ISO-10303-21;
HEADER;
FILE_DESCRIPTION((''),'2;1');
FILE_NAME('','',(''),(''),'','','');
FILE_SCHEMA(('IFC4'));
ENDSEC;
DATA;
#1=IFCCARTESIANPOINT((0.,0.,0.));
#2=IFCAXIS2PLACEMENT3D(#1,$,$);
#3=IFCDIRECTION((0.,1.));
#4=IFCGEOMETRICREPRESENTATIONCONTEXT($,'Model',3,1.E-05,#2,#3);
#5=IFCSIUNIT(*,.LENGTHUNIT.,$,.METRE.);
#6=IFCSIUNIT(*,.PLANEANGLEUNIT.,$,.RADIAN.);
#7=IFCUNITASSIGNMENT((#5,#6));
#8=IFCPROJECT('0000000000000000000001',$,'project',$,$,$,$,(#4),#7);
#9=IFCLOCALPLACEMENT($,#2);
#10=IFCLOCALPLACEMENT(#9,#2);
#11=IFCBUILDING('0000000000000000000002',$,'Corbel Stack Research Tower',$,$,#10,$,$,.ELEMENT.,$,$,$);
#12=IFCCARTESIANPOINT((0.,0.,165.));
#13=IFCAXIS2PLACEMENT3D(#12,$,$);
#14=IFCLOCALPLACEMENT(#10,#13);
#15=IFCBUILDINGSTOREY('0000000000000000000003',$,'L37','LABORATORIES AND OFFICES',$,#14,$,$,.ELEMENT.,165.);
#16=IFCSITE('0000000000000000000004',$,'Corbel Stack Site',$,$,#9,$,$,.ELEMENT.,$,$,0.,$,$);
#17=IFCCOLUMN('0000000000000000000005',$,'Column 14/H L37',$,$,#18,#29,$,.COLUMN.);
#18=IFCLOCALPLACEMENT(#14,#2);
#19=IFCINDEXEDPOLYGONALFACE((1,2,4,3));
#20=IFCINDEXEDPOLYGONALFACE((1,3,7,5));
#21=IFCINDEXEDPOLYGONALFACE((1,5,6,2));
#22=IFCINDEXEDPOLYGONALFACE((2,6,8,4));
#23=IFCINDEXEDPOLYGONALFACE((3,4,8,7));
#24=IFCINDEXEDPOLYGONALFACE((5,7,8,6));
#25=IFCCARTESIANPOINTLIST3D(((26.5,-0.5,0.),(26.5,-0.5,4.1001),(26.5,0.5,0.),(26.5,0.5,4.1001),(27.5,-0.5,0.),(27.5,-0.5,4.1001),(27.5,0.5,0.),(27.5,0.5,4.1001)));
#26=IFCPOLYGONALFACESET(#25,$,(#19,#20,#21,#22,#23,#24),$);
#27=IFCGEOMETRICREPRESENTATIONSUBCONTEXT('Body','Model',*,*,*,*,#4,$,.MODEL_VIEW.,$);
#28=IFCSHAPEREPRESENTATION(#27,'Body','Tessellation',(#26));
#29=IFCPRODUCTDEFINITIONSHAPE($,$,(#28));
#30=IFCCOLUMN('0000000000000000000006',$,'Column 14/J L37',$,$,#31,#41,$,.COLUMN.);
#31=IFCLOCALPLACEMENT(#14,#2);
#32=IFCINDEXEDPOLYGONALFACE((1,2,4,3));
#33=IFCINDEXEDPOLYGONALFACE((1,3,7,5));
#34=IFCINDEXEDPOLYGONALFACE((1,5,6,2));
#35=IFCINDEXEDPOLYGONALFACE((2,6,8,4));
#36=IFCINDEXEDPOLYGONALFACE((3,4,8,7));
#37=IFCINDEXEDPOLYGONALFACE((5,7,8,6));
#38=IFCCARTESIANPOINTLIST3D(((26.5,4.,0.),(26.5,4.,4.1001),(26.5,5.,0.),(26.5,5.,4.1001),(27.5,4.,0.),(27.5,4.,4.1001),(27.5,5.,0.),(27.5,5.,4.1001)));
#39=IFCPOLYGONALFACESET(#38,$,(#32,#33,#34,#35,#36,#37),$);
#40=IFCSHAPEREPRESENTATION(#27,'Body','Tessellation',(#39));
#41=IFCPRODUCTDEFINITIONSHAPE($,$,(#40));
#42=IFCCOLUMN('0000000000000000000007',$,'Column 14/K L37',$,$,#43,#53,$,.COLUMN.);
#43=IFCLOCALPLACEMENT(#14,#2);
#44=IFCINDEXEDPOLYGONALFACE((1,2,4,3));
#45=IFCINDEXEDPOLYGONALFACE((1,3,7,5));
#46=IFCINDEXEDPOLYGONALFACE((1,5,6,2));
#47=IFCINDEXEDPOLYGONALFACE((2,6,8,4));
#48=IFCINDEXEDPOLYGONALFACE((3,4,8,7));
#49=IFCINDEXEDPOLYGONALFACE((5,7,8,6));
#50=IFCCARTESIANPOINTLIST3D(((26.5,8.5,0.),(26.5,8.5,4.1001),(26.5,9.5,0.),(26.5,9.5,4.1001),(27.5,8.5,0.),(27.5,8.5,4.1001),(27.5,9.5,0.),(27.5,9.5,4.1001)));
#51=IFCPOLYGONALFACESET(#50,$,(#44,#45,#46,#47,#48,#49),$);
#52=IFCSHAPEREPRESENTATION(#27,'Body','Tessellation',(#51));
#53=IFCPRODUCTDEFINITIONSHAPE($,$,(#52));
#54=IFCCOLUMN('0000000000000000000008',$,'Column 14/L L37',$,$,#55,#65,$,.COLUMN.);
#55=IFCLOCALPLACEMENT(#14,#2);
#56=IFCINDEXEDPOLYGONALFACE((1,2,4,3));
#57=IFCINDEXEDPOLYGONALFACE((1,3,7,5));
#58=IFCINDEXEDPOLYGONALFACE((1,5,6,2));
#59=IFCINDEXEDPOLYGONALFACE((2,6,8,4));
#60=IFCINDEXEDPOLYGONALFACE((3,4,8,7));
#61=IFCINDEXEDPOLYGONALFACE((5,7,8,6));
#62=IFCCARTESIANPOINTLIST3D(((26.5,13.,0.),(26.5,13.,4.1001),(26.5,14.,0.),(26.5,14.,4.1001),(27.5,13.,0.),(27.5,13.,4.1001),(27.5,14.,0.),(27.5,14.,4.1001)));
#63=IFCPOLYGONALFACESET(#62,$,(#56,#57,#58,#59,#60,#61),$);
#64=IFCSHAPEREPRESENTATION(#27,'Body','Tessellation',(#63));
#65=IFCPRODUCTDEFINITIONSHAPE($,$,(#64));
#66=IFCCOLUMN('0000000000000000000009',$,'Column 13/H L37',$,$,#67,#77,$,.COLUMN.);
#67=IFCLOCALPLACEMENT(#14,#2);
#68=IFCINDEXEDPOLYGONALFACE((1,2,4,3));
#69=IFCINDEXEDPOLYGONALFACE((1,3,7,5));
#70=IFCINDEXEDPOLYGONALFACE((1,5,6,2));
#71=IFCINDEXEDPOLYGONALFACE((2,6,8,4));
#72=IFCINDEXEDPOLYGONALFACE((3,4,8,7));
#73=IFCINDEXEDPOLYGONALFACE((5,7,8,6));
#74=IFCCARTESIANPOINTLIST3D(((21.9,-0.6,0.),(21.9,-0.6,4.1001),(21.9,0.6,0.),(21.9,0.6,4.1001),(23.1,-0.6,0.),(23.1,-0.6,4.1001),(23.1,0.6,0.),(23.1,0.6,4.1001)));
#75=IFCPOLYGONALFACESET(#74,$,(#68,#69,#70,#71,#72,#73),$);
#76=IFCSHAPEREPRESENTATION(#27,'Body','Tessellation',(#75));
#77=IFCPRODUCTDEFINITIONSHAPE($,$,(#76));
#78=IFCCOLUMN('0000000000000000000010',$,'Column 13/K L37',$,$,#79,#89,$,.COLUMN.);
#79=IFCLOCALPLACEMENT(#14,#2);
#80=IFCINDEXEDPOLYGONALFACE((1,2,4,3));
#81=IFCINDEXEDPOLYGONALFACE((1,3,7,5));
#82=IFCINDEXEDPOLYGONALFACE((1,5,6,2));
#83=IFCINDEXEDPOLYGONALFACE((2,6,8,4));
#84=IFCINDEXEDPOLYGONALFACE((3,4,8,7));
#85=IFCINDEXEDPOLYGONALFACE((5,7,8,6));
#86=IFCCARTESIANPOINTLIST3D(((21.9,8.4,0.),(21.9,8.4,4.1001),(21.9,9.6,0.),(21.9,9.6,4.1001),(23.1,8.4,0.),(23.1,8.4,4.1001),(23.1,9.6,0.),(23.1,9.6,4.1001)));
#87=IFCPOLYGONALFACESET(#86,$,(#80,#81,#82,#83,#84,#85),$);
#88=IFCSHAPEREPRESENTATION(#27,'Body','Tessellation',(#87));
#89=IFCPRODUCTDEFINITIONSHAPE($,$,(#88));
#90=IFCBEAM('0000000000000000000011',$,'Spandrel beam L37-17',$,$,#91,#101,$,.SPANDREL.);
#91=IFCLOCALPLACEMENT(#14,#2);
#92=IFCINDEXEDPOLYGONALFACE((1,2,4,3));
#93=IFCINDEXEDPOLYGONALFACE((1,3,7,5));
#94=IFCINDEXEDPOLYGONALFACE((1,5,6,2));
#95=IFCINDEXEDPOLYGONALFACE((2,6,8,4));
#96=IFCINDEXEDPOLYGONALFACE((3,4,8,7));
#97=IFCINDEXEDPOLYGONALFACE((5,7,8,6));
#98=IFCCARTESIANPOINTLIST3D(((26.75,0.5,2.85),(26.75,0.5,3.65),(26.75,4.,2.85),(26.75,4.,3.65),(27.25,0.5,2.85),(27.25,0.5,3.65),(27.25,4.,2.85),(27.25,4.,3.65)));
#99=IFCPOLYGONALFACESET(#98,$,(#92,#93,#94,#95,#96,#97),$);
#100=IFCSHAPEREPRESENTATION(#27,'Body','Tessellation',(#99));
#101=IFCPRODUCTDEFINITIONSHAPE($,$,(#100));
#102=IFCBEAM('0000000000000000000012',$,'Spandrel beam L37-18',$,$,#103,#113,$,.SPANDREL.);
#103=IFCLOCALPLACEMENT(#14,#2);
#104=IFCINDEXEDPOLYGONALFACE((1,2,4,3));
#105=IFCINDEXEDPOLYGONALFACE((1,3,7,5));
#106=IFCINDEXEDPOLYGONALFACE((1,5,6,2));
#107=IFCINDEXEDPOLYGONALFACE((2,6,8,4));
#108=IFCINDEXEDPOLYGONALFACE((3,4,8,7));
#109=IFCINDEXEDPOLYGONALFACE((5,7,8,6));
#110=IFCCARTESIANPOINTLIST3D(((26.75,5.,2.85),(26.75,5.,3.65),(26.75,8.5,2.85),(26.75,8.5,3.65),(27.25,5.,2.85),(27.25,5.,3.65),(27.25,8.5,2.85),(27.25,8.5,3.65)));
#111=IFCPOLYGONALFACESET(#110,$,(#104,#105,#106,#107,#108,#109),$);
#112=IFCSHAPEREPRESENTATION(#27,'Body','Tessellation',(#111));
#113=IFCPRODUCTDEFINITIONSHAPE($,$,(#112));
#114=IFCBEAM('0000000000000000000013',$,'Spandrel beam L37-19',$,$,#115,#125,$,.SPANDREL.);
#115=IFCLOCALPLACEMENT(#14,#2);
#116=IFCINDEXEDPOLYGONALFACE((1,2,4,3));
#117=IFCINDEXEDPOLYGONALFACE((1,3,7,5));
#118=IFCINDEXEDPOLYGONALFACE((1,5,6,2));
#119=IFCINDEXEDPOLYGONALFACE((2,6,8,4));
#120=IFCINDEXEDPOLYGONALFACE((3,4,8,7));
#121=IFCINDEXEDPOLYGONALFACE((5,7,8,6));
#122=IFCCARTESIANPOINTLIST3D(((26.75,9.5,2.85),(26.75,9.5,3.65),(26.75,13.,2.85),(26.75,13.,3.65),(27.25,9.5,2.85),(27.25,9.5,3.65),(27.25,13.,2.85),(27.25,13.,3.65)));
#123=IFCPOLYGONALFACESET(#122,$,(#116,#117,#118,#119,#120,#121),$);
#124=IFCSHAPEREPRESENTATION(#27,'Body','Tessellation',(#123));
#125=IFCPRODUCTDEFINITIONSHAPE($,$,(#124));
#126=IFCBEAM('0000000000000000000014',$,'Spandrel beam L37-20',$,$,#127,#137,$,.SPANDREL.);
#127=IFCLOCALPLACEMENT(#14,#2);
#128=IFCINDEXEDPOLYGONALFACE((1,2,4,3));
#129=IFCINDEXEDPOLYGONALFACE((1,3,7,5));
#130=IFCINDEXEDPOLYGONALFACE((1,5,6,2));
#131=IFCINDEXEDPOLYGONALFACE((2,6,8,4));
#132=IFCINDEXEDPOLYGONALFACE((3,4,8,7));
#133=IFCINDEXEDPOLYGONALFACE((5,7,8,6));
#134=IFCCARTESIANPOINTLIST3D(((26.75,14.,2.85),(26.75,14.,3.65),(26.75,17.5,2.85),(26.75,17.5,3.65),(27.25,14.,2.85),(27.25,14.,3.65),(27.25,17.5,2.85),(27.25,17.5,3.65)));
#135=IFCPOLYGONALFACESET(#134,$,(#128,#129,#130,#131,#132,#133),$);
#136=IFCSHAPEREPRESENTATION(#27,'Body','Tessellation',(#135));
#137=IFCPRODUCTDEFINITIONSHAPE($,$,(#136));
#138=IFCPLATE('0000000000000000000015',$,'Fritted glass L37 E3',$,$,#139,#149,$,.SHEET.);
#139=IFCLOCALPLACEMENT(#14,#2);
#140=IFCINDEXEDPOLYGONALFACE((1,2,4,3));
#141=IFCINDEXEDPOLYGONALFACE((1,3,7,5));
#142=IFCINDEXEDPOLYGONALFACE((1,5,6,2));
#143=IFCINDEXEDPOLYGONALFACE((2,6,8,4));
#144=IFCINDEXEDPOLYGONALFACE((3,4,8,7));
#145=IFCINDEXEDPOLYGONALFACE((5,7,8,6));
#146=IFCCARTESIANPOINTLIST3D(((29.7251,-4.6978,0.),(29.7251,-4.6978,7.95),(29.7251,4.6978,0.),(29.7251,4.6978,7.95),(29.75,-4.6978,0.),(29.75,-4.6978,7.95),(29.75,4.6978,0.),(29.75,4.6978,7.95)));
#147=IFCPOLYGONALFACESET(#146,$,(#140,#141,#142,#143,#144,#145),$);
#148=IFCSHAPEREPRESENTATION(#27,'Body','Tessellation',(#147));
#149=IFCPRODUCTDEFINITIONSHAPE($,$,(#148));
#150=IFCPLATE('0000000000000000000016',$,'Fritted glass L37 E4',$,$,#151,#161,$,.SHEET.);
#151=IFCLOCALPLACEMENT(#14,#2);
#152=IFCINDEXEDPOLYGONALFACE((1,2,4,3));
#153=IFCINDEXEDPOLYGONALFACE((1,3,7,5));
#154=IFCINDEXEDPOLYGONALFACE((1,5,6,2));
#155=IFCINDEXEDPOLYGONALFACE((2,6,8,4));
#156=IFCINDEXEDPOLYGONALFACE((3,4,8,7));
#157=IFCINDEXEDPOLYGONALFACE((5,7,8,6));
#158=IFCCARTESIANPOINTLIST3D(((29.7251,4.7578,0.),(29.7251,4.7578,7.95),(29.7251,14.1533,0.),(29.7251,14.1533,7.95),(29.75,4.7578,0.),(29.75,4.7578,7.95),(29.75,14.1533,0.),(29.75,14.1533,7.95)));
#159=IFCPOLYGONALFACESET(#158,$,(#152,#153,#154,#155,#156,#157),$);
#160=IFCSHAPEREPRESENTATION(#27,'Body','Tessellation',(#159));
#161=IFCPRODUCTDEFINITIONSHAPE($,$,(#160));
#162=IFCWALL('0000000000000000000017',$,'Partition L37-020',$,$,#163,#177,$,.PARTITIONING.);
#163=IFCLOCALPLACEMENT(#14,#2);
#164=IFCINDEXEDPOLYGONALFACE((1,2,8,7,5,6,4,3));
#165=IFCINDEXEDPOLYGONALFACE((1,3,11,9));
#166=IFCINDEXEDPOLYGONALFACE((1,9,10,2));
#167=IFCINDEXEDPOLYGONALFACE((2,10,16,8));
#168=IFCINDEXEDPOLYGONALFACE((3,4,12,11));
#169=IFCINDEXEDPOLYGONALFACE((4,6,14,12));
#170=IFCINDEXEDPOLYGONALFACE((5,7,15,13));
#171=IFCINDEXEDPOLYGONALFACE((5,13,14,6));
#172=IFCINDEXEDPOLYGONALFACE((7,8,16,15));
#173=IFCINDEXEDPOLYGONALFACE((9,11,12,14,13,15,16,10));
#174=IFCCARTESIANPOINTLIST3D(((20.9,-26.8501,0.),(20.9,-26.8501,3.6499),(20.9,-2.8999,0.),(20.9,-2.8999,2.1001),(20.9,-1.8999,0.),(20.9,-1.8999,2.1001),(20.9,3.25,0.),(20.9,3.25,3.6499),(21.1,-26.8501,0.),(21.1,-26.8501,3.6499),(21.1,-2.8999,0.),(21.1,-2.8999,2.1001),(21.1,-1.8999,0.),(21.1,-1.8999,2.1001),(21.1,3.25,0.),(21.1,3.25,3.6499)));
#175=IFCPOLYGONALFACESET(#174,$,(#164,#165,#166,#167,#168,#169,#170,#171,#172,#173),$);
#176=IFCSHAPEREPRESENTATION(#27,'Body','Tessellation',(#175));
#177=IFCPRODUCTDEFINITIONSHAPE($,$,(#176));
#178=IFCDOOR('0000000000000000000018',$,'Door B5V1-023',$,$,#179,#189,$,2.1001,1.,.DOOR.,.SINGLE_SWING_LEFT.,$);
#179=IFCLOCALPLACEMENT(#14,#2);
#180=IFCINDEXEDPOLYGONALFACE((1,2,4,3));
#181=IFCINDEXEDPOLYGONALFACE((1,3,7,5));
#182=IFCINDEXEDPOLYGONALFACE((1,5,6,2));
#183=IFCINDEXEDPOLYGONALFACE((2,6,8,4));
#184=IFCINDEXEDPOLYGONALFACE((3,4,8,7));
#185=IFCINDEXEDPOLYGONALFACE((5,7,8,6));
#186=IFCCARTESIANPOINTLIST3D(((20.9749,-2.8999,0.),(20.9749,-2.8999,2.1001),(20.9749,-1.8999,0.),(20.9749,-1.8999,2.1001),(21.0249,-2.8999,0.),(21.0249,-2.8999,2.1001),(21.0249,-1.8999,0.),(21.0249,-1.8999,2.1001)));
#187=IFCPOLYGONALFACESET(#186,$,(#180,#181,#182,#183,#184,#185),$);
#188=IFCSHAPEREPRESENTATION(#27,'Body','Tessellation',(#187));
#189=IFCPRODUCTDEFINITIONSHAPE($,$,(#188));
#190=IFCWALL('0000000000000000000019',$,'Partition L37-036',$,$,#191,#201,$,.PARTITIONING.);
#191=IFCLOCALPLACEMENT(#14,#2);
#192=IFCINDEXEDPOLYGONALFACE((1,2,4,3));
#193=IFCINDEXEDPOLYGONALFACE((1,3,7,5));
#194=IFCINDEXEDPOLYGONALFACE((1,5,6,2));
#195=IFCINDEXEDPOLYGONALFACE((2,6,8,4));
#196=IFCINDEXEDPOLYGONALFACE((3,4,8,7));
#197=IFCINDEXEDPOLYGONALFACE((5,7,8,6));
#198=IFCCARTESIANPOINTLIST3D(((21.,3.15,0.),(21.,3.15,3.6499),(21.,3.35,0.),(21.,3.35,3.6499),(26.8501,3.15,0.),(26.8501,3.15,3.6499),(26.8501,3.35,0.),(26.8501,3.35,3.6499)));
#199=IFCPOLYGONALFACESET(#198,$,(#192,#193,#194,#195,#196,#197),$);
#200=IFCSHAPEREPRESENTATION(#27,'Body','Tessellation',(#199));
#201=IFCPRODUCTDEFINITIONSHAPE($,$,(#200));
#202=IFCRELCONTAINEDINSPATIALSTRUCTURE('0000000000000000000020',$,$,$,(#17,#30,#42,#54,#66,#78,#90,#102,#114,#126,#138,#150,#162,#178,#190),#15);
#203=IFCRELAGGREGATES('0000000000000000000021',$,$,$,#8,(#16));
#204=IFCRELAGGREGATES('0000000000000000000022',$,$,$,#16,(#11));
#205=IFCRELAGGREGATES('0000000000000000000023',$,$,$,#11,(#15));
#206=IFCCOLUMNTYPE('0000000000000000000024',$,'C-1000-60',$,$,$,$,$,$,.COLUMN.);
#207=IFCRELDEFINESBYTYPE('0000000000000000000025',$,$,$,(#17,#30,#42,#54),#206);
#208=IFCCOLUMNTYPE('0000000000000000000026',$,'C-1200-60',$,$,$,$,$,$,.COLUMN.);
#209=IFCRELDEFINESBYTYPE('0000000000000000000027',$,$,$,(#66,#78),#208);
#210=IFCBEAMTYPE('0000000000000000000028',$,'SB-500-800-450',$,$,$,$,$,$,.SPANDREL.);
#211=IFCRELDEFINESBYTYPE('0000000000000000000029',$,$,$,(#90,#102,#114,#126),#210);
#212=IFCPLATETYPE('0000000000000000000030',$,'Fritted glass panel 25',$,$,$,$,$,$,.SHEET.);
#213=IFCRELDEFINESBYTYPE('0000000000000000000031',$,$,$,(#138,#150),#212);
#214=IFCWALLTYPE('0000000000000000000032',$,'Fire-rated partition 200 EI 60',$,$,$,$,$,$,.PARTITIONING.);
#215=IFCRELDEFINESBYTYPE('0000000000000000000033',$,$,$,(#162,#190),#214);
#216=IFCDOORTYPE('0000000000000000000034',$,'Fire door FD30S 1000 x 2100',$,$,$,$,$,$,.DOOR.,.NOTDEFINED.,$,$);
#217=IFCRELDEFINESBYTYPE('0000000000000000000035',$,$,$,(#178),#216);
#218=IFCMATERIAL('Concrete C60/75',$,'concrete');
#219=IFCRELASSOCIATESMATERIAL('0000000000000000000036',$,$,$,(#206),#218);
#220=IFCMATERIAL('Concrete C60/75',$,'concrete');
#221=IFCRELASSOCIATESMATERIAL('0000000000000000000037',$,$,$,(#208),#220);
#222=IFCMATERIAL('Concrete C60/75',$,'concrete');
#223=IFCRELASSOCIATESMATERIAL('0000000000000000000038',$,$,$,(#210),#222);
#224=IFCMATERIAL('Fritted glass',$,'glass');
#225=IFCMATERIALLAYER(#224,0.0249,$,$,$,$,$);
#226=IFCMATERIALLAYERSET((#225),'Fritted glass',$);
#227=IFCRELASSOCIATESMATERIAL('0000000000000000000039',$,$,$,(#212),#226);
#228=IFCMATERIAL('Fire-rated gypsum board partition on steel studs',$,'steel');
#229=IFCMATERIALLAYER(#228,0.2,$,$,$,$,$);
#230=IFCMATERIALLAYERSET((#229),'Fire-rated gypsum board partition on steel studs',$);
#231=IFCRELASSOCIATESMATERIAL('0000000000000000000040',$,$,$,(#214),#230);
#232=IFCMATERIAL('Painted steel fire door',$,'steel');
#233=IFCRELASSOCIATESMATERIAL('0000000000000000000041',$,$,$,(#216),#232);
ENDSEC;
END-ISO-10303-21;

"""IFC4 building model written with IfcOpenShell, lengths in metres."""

from ifc_helpers import new_model, si_unit, direction, frame, frame_2d, origin, origin_2d, place, context, subcontext, project, spatial, rectangle, extrude, material, layer, layer_set, material_profile, profile_set, type_object, element, fill, save


model = new_model("IFC4")

# Units and contexts
model_context = context("Model", 3, precision=1e-05, world=origin(), true_north=direction((0.0, 1.0)))
body_context = subcontext(model_context, "Body", "Model", "MODEL_VIEW")
ifc_project = project(units=[si_unit("LENGTHUNIT", "METRE"), si_unit("PLANEANGLEUNIT", "RADIAN")], contexts=[model_context])

# Site, building, storey
site_placement = place(None, origin())
site = spatial("IfcSite", under=ifc_project, at=site_placement, Name="Corbel Stack Site", CompositionType="ELEMENT", RefElevation=0.0)
building_placement = place(site_placement, origin())
building = spatial("IfcBuilding", under=site, at=building_placement, Name="Corbel Stack Research Tower", CompositionType="ELEMENT")
storey_placement = place(building_placement, frame((0.0, 0.0, 165.0)))
storey = spatial("IfcBuildingStorey", under=building, at=storey_placement, Name="L37", Description="LABORATORIES AND OFFICES", CompositionType="ELEMENT", Elevation=165.0)

# Columns
ifc_material_1 = material(Name="Concrete C60/75", Category="concrete")
ifc_material_profile_1 = material_profile(ifc_material_1, rectangle(XDim=1.0, YDim=1.0, at=origin_2d()), Name="RC 1000 x 1000")
ifc_profile_set_1 = profile_set([ifc_material_profile_1], Name="Concrete C60/75")
column_type_1 = type_object("IfcColumnType", Name="C-1000-60", PredefinedType="COLUMN", material=ifc_profile_set_1)
for number, where, z_axis, x_axis, name in (
    (1, (27.0, 0.0, 0.0), (0.0, 0.0, 1.0), (1.0, 0.0, 0.0), "Column 14/H L37"),
    (2, (27.0, 4.5, 0.0), (0.0, 0.0, 1.0), (1.0, 0.0, 0.0), "Column 14/J L37"),
    (3, (27.0, 9.0, 0.0), (0.0, 0.0, 1.0), (1.0, 0.0, 0.0), "Column 14/K L37"),
    (4, (27.0, 13.5, 0.0), (0.0, 0.0, 1.0), (1.0, 0.0, 0.0), "Column 14/L L37"),
):
    element("IfcColumn", number, at=place(storey_placement, frame(where, z_axis=z_axis, x_axis=x_axis)), inside=storey, type_object=column_type_1, Name=name, PredefinedType="COLUMN", context=body_context, shape_type="SweptSolid", body=[
        extrude(rectangle(XDim=1.0, YDim=1.0, at=origin_2d()), origin(), (0.0, 0.0, 1.0), 4.1001),
    ])
ifc_material_2 = material(Name="Concrete C60/75", Category="concrete")
ifc_material_profile_2 = material_profile(ifc_material_2, rectangle(XDim=1.2, YDim=1.2, at=origin_2d()), Name="RC 1200 x 1200")
ifc_profile_set_2 = profile_set([ifc_material_profile_2], Name="Concrete C60/75")
column_type_2 = type_object("IfcColumnType", Name="C-1200-60", PredefinedType="COLUMN", material=ifc_profile_set_2)
for number, where, z_axis, x_axis, name in (
    (5, (22.5, 0.0, 0.0), (0.0, 0.0, 1.0), (1.0, 0.0, 0.0), "Column 13/H L37"),
    (6, (22.5, 9.0, 0.0), (0.0, 0.0, 1.0), (1.0, 0.0, 0.0), "Column 13/K L37"),
):
    element("IfcColumn", number, at=place(storey_placement, frame(where, z_axis=z_axis, x_axis=x_axis)), inside=storey, type_object=column_type_2, Name=name, PredefinedType="COLUMN", context=body_context, shape_type="SweptSolid", body=[
        extrude(rectangle(XDim=1.2, YDim=1.2, at=origin_2d()), origin(), (0.0, 0.0, 1.0), 4.1001),
    ])

# Beams
ifc_material_3 = material(Name="Concrete C60/75", Category="concrete")
ifc_material_profile_3 = material_profile(ifc_material_3, rectangle(XDim=0.5, YDim=0.8, at=origin_2d()), Name="RC 500 x 800")
ifc_profile_set_3 = profile_set([ifc_material_profile_3], Name="Concrete C60/75")
beam_type = type_object("IfcBeamType", Name="SB-500-800-450", PredefinedType="SPANDREL", material=ifc_profile_set_3)
for number, where, z_axis, x_axis, name in (
    (7, (27.0, 0.5, 3.25), (0.0, 1.0, 0.0), (-1.0, 0.0, 0.0), "Spandrel beam L37-17"),
    (8, (27.0, 5.0, 3.25), (0.0, 1.0, 0.0), (-1.0, 0.0, 0.0), "Spandrel beam L37-18"),
    (9, (27.0, 9.5, 3.25), (0.0, 1.0, 0.0), (-1.0, 0.0, 0.0), "Spandrel beam L37-19"),
    (10, (27.0, 14.0, 3.25), (0.0, 1.0, 0.0), (-1.0, 0.0, 0.0), "Spandrel beam L37-20"),
):
    element("IfcBeam", number, at=place(storey_placement, frame(where, z_axis=z_axis, x_axis=x_axis)), inside=storey, type_object=beam_type, Name=name, PredefinedType="SPANDREL", context=body_context, shape_type="SweptSolid", body=[
        extrude(rectangle(XDim=0.5, YDim=0.8, at=origin_2d()), origin(), (0.0, 0.0, 1.0), 3.5),
    ])

# Plates
ifc_material_4 = material(Name="Fritted glass", Category="glass")
ifc_layer_1 = layer(ifc_material_4, 0.0249)
ifc_layer_set_1 = layer_set([ifc_layer_1], Name="Fritted glass")
plate_type = type_object("IfcPlateType", Name="Fritted glass panel 25", PredefinedType="SHEET", material=ifc_layer_set_1)
for number, where, z_axis, x_axis, name in (
    (11, (29.7375, 0.0, 0.0), (0.0, 0.0, 1.0), (0.0, 1.0, 0.0), "Fritted glass L37 E3"),
    (12, (29.7375, 9.4556, 0.0), (0.0, 0.0, 1.0), (0.0, 1.0, 0.0), "Fritted glass L37 E4"),
):
    element("IfcPlate", number, at=place(storey_placement, frame(where, z_axis=z_axis, x_axis=x_axis)), inside=storey, type_object=plate_type, Name=name, PredefinedType="SHEET", context=body_context, shape_type="SweptSolid", body=[
        extrude(rectangle(XDim=9.3955, YDim=0.0249, at=origin_2d()), origin(), (0.0, 0.0, 1.0), 7.95),
    ])

# Wall, opening, door
ifc_material_5 = material(Name="Fire-rated gypsum board partition on steel studs", Category="steel")
ifc_layer_2 = layer(ifc_material_5, 0.2)
ifc_layer_set_2 = layer_set([ifc_layer_2], Name="Fire-rated gypsum board partition on steel studs")
wall_type_1 = type_object("IfcWallType", Name="Fire-rated partition 200 EI 60", PredefinedType="PARTITIONING", material=ifc_layer_set_2)
wall_1_placement = place(storey_placement, frame((21.0, 3.25, 0.0), z_axis=(0.0, 0.0, 1.0), x_axis=(0.0, -1.0, 0.0)))
wall_1 = element("IfcWall", 13, at=wall_1_placement, inside=storey, type_object=wall_type_1, Name="Partition L37-020", PredefinedType="PARTITIONING", context=body_context, shape_type="SweptSolid", body=[
    extrude(rectangle(XDim=30.1001, YDim=0.2, at=frame_2d((15.05, 0.0))), origin(), (0.0, 0.0, 1.0), 3.6499),
])
opening_1_placement = place(wall_1_placement, frame((5.1499, 0.0, 0.0)))
opening_1 = element("IfcOpeningElement", 14, at=opening_1_placement, cuts=wall_1, PredefinedType="OPENING", context=body_context, shape_type="SweptSolid", body=[
    extrude(rectangle(XDim=1.0, YDim=2.1001, at=frame_2d((0.5, 1.05))), frame((0.0, 0.1099, 0.0), z_axis=(0.0, -1.0, 0.0), x_axis=(1.0, 0.0, 0.0)), (0.0, 0.0, 1.0), 0.22),
])
ifc_material_6 = material(Name="Painted steel fire door", Category="steel")
door_type_1 = type_object("IfcDoorType", Name="Fire door FD30S 1000 x 2100", OperationType="NOTDEFINED", PredefinedType="DOOR", material=ifc_material_6)
door_1_placement = place(opening_1_placement, origin())
door_1 = element("IfcDoor", 15, at=door_1_placement, inside=storey, type_object=door_type_1, Name="Door B5V1-023", OperationType="SINGLE_SWING_LEFT", OverallHeight=2.1001, OverallWidth=1.0, PredefinedType="DOOR", context=body_context, shape_type="SweptSolid", body=[
    extrude(rectangle(XDim=1.0, YDim=2.1001, at=frame_2d((0.5, 1.05))), frame((0.0, 0.0249, 0.0), z_axis=(0.0, -1.0, 0.0), x_axis=(1.0, 0.0, 0.0)), (0.0, 0.0, 1.0), 0.05),
])
fill(opening_1, door_1)

# Wall
for number, where, z_axis, x_axis, name in (
    (16, (21.0, 3.25, 0.0), (0.0, 0.0, 1.0), (1.0, 0.0, 0.0), "Partition L37-036"),
):
    element("IfcWall", number, at=place(storey_placement, frame(where, z_axis=z_axis, x_axis=x_axis)), inside=storey, type_object=wall_type_1, Name=name, PredefinedType="PARTITIONING", context=body_context, shape_type="SweptSolid", body=[
        extrude(rectangle(XDim=5.8501, YDim=0.2, at=frame_2d((2.925, 0.0))), origin(), (0.0, 0.0, 1.0), 3.6499),
    ])

save(model, "model.ifc")
